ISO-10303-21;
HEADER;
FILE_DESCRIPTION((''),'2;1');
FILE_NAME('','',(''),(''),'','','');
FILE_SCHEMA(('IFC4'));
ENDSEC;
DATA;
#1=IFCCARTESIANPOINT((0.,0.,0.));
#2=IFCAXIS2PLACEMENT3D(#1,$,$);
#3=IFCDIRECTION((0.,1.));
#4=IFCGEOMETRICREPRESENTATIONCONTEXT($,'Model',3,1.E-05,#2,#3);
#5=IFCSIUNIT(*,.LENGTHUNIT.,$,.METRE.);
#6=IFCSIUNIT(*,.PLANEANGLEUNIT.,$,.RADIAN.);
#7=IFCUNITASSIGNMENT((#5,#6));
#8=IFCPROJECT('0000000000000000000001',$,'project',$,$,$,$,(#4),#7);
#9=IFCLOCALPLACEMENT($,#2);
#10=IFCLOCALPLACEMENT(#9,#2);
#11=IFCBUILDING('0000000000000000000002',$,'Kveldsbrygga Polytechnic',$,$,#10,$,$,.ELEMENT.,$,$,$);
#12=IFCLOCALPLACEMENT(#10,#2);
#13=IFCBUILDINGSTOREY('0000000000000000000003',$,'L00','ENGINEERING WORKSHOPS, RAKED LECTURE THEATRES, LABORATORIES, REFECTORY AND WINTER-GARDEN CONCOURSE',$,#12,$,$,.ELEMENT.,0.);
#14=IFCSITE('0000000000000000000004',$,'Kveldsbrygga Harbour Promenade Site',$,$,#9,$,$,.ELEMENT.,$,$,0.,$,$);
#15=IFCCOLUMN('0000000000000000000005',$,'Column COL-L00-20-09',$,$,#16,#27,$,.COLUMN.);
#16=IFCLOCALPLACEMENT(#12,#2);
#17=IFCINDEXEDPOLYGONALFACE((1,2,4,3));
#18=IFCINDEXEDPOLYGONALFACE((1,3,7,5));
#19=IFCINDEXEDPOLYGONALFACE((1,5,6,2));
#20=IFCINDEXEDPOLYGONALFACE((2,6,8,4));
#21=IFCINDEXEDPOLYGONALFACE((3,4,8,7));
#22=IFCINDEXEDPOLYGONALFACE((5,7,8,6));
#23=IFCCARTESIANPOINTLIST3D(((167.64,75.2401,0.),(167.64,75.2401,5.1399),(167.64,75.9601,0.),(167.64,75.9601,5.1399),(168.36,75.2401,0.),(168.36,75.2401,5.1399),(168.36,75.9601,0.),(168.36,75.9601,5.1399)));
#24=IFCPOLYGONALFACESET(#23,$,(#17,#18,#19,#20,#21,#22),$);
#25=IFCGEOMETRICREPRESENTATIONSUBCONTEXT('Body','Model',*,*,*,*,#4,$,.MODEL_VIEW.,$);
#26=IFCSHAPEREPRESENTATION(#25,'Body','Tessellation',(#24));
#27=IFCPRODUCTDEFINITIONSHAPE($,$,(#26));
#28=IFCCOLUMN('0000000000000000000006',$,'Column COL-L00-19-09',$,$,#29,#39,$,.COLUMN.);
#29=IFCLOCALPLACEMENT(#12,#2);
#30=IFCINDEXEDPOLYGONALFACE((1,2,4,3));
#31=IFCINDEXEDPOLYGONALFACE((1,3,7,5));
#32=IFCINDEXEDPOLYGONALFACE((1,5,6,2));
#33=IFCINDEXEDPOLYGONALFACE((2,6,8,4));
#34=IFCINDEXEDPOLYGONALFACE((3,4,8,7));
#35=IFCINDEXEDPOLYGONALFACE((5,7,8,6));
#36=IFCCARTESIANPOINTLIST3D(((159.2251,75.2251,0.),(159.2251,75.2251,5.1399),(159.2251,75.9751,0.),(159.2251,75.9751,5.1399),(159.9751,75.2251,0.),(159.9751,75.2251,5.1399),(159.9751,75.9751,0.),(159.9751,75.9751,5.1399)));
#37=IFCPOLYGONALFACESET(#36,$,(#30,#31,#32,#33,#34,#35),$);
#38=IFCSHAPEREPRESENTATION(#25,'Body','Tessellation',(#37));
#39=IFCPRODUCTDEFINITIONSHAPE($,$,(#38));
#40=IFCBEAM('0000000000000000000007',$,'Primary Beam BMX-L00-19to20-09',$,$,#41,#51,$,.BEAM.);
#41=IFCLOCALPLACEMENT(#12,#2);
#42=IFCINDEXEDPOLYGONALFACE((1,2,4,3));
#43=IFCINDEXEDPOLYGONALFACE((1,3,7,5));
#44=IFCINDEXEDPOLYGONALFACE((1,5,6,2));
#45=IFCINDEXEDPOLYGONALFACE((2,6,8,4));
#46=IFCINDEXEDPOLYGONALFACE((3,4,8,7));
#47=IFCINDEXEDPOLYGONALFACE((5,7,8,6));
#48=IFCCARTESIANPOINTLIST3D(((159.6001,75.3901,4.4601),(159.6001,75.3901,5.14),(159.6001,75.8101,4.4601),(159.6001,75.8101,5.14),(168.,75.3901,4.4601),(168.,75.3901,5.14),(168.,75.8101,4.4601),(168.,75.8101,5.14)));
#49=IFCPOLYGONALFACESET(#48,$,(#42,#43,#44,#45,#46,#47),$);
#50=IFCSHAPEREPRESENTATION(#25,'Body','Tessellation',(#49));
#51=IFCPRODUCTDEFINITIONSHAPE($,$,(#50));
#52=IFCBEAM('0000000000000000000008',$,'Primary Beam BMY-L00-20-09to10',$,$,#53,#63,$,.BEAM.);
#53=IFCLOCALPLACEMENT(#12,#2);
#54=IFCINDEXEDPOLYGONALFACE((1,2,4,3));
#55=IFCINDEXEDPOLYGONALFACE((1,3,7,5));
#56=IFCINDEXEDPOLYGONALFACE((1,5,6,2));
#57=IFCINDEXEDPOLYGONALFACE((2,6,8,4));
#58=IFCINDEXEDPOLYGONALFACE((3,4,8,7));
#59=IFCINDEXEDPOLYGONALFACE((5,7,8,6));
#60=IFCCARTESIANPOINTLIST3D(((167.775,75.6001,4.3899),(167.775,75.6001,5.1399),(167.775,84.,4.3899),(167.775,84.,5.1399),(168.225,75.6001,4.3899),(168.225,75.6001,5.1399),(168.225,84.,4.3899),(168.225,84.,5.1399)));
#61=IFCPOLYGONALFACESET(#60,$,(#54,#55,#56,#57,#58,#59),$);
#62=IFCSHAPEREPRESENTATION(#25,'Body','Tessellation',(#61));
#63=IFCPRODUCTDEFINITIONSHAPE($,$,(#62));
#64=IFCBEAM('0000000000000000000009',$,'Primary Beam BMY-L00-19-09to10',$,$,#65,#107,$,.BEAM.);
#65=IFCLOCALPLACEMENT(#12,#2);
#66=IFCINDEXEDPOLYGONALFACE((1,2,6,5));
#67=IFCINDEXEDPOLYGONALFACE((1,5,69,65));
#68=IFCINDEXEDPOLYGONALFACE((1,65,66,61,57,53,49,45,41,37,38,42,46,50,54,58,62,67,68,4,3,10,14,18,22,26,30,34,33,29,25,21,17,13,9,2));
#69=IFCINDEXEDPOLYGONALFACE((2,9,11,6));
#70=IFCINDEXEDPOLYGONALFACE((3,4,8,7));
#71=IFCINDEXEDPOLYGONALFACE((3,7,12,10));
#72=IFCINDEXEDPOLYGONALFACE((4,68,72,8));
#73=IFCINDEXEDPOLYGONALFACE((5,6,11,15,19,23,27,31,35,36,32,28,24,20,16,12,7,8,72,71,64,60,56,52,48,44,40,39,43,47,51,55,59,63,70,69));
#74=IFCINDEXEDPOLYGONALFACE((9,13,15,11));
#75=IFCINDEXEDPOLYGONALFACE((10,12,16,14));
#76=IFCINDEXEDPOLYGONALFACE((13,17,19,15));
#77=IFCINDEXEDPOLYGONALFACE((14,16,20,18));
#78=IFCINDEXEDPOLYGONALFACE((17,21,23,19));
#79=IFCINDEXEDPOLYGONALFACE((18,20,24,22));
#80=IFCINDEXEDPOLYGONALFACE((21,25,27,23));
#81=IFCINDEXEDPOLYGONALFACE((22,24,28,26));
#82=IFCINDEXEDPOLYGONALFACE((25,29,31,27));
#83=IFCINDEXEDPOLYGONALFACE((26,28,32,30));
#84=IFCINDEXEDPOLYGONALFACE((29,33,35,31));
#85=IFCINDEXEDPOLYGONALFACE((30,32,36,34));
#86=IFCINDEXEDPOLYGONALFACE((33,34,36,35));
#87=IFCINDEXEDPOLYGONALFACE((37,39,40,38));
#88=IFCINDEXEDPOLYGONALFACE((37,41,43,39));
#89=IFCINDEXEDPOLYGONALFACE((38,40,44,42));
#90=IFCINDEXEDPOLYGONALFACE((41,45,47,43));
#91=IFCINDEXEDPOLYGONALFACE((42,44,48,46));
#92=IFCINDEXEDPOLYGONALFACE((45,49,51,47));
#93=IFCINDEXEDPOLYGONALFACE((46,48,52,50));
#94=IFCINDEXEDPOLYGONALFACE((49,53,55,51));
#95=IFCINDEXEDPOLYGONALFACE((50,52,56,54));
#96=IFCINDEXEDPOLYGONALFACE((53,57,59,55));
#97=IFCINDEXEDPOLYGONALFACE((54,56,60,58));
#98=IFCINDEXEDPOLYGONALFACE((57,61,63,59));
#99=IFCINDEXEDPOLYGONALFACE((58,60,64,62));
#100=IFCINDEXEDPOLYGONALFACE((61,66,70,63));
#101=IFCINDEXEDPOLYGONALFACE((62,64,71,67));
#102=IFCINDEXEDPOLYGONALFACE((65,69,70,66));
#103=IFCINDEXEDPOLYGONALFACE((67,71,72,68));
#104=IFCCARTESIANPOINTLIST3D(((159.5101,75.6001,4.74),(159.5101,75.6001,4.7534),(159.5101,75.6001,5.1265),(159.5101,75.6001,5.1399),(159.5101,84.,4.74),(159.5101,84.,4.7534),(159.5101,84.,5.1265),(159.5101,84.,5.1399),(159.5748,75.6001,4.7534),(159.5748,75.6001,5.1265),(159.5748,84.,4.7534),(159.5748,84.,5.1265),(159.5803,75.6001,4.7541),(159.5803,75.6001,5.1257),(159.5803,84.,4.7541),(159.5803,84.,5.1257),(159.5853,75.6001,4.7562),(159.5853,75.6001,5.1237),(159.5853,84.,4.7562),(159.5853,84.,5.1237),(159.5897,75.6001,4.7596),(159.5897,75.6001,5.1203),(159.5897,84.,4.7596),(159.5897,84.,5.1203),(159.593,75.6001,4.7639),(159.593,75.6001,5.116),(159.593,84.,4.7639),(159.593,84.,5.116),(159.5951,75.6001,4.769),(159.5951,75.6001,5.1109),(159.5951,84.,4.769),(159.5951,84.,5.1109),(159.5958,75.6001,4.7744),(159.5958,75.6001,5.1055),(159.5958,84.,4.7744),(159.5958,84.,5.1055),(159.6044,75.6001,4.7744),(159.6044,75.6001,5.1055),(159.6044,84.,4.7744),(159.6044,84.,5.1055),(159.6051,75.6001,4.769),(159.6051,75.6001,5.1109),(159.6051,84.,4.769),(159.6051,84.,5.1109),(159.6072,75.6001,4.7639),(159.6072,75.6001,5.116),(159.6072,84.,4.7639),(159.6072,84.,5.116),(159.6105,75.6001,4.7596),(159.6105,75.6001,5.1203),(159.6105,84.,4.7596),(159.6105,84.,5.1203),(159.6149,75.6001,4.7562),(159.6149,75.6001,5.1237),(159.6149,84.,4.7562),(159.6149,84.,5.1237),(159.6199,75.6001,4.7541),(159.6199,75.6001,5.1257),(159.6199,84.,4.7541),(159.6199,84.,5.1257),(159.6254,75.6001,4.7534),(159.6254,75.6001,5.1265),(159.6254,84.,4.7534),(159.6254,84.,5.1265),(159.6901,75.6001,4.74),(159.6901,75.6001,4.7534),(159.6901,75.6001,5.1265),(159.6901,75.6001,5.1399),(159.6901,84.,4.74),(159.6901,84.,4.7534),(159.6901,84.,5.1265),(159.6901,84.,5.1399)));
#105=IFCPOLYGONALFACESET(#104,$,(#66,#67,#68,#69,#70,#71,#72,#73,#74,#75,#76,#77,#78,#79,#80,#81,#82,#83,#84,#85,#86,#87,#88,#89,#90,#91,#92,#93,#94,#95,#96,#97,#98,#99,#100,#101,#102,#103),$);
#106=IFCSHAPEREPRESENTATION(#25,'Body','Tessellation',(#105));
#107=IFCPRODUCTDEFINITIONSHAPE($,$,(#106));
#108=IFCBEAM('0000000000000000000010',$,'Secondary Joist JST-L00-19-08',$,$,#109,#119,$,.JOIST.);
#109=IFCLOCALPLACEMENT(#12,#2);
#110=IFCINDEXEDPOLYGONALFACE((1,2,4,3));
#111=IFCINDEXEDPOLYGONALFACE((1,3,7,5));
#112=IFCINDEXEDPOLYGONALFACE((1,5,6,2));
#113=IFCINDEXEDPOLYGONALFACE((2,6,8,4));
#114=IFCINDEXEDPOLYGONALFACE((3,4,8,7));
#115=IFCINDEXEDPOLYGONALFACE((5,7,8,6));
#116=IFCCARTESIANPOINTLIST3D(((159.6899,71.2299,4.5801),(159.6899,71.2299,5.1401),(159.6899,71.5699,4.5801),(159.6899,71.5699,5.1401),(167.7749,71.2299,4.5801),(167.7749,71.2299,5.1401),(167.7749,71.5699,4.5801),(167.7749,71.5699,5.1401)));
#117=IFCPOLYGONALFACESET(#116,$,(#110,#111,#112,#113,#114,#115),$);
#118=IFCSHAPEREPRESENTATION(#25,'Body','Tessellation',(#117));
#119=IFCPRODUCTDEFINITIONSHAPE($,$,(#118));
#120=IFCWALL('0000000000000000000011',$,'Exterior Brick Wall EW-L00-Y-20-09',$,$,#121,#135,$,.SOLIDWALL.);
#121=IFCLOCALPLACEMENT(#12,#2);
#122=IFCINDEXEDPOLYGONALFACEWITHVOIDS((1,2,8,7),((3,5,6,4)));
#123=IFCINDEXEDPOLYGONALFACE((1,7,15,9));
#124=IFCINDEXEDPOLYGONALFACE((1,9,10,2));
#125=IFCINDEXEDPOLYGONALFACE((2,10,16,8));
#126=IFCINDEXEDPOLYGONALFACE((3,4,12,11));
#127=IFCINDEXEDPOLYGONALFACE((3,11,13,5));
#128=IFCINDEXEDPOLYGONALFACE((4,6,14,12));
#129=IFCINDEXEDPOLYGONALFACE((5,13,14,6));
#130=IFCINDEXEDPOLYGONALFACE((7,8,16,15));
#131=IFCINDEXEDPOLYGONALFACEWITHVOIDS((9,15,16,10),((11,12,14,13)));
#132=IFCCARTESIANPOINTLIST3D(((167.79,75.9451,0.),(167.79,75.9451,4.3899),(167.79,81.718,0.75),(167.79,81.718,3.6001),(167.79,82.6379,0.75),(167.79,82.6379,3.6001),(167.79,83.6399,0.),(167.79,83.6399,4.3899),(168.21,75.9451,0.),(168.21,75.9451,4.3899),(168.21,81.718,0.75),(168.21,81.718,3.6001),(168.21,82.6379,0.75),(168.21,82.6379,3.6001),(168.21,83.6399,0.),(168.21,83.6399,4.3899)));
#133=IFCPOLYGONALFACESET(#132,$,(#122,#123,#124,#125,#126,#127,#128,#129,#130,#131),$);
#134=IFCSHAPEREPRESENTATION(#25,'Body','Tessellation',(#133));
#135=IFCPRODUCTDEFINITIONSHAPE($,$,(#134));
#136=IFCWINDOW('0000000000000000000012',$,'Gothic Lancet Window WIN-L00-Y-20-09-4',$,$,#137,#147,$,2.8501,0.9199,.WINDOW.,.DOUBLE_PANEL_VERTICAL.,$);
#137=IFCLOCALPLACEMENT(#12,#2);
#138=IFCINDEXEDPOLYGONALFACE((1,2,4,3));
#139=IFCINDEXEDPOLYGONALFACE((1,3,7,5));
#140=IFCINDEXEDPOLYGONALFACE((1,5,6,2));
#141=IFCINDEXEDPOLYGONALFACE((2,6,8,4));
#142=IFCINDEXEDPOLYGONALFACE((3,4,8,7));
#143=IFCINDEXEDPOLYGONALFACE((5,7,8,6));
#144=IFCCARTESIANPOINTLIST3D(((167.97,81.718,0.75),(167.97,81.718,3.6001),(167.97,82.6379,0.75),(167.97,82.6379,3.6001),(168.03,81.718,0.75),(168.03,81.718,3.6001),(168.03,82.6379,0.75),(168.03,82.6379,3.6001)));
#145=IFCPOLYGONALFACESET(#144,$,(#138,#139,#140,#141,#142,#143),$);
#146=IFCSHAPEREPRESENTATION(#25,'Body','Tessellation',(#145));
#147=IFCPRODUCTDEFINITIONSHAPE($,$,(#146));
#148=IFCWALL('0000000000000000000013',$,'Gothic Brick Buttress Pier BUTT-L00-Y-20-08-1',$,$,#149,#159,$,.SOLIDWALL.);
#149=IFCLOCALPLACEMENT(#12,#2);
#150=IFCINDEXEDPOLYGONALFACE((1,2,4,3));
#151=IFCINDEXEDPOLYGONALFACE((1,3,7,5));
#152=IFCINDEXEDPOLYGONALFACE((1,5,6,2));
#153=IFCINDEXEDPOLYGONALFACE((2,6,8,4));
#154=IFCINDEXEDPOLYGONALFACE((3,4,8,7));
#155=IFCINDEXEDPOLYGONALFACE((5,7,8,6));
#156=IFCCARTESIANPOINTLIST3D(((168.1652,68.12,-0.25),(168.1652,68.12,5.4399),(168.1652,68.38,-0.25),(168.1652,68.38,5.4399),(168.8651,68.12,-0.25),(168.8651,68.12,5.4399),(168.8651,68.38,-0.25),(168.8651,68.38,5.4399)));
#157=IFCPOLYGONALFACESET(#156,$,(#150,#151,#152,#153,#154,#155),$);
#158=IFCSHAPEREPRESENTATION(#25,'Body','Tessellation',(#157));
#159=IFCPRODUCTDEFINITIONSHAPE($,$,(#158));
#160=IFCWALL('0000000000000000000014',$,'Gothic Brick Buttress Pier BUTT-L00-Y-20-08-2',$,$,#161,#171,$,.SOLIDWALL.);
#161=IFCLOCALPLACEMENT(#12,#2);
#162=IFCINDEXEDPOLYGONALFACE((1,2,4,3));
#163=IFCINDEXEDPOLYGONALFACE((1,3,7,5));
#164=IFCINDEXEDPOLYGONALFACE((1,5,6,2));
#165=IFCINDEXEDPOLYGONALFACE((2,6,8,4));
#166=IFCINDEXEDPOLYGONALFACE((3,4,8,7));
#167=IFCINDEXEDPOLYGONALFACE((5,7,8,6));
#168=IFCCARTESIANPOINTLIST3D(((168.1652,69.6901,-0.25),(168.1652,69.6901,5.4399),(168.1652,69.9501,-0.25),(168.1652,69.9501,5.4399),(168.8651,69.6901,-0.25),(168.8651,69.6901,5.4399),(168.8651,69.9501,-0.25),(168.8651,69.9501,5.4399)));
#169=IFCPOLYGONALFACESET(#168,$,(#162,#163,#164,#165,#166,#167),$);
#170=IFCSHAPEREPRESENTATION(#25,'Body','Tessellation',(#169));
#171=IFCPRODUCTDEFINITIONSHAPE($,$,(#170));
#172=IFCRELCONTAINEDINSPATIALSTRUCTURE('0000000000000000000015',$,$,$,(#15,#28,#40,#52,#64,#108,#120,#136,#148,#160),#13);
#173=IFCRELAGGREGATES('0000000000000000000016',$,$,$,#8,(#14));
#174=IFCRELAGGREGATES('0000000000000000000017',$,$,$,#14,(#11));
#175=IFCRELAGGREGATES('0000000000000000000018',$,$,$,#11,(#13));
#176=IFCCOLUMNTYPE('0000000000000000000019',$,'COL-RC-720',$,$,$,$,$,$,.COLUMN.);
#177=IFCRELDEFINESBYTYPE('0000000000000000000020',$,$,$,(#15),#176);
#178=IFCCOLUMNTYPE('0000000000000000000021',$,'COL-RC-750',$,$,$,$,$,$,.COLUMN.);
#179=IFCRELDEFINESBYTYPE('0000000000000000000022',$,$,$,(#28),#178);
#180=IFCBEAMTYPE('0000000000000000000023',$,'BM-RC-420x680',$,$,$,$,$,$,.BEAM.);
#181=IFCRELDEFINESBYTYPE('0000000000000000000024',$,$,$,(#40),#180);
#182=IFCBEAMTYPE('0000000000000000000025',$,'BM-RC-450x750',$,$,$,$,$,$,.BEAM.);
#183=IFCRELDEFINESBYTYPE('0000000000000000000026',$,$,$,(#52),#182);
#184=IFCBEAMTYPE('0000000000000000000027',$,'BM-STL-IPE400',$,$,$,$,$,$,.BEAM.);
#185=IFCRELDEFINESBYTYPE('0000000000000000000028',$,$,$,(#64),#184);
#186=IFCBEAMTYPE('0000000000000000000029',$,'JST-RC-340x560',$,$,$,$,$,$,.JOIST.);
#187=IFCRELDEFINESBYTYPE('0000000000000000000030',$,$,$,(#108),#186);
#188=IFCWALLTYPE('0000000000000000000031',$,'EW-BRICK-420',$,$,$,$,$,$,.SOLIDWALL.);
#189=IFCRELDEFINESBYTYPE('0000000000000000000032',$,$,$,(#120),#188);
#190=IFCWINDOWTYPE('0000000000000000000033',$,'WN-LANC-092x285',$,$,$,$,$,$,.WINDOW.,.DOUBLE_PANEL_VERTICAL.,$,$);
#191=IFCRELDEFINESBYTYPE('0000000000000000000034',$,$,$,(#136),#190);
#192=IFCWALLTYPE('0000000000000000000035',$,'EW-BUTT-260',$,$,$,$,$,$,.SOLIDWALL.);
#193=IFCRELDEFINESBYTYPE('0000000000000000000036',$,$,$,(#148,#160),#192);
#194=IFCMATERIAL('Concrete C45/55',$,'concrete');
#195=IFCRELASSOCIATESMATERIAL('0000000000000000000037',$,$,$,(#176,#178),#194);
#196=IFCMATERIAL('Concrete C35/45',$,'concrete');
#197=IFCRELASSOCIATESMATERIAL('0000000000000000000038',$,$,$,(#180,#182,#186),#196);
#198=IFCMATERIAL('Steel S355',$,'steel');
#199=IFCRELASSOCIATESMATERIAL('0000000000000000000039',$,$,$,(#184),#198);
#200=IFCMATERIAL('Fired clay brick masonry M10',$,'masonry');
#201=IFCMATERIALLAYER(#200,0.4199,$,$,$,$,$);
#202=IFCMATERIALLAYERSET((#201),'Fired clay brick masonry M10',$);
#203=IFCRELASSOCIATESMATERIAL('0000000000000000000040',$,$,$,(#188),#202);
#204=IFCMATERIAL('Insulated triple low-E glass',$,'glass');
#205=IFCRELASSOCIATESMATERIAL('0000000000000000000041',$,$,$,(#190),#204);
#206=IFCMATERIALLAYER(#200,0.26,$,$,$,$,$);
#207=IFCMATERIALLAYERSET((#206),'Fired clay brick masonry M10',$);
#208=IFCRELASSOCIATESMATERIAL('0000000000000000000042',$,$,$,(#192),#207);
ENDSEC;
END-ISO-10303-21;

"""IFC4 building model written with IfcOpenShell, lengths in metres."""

from ifc_helpers import new_model, si_unit, direction, frame, frame_2d, origin, origin_2d, place, context, subcontext, project, spatial, rectangle, i_section, extrude, material, layer, layer_set, material_profile, profile_set, type_object, element, fill, save


model = new_model("IFC4")

# Units and contexts
model_context = context("Model", 3, precision=1e-05, world=origin(), true_north=direction((0.0, 1.0)))
body_context = subcontext(model_context, "Body", "Model", "MODEL_VIEW")
ifc_project = project(units=[si_unit("LENGTHUNIT", "METRE"), si_unit("PLANEANGLEUNIT", "RADIAN")], contexts=[model_context])

# Site, building, storey
site_placement = place(None, origin())
site = spatial("IfcSite", under=ifc_project, at=site_placement, Name="Kveldsbrygga Harbour Promenade Site", CompositionType="ELEMENT", RefElevation=0.0)
building_placement = place(site_placement, origin())
building = spatial("IfcBuilding", under=site, at=building_placement, Name="Kveldsbrygga Polytechnic", CompositionType="ELEMENT")
storey_placement = place(building_placement, origin())
storey = spatial("IfcBuildingStorey", under=building, at=storey_placement, Name="L00", Description="ENGINEERING WORKSHOPS, RAKED LECTURE THEATRES, LABORATORIES, REFECTORY AND WINTER-GARDEN CONCOURSE", CompositionType="ELEMENT", Elevation=0.0)

# Columns
ifc_material_1 = material(Name="Concrete C45/55", Category="concrete")
ifc_material_profile_1 = material_profile(ifc_material_1, rectangle(XDim=0.72, YDim=0.72, at=origin_2d()), Name="RC 720x720")
ifc_profile_set_1 = profile_set([ifc_material_profile_1], Name="Concrete C45/55")
column_type_1 = type_object("IfcColumnType", Name="COL-RC-720", PredefinedType="COLUMN", material=ifc_profile_set_1)
column_1_placement = place(storey_placement, frame((168.0, 75.6001, 0.0), z_axis=(0.0, 0.0, 1.0), x_axis=(1.0, 0.0, 0.0)))
element("IfcColumn", 1, at=column_1_placement, inside=storey, type_object=column_type_1, Name="Column COL-L00-20-09", PredefinedType="COLUMN", context=body_context, shape_type="SweptSolid", body=[
    extrude(rectangle(XDim=0.72, YDim=0.72, at=origin_2d()), origin(), (0.0, 0.0, 1.0), 5.1399),
])
ifc_material_profile_2 = material_profile(ifc_material_1, rectangle(XDim=0.75, YDim=0.75, at=origin_2d()), Name="RC 750x750")
ifc_profile_set_2 = profile_set([ifc_material_profile_2], Name="Concrete C45/55")
column_type_2 = type_object("IfcColumnType", Name="COL-RC-750", PredefinedType="COLUMN", material=ifc_profile_set_2)
column_2_placement = place(storey_placement, frame((159.6001, 75.6001, 0.0), z_axis=(0.0, 0.0, 1.0), x_axis=(1.0, 0.0, 0.0)))
element("IfcColumn", 2, at=column_2_placement, inside=storey, type_object=column_type_2, Name="Column COL-L00-19-09", PredefinedType="COLUMN", context=body_context, shape_type="SweptSolid", body=[
    extrude(rectangle(XDim=0.75, YDim=0.75, at=origin_2d()), origin(), (0.0, 0.0, 1.0), 5.1399),
])

# Beams
ifc_material_2 = material(Name="Concrete C35/45", Category="concrete")
ifc_material_profile_3 = material_profile(ifc_material_2, rectangle(XDim=0.4199, YDim=0.6799, at=origin_2d()), Name="RC 420x680")
ifc_profile_set_3 = profile_set([ifc_material_profile_3], Name="Concrete C35/45")
beam_type_1 = type_object("IfcBeamType", Name="BM-RC-420x680", PredefinedType="BEAM", material=ifc_profile_set_3)
beam_1_placement = place(storey_placement, frame((159.6001, 75.6001, 4.8), z_axis=(1.0, 0.0, 0.0), x_axis=(0.0, 1.0, 0.0)))
element("IfcBeam", 3, at=beam_1_placement, inside=storey, type_object=beam_type_1, Name="Primary Beam BMX-L00-19to20-09", PredefinedType="BEAM", context=body_context, shape_type="SweptSolid", body=[
    extrude(rectangle(XDim=0.4199, YDim=0.6799, at=origin_2d()), origin(), (0.0, 0.0, 1.0), 8.3999),
])
ifc_material_profile_4 = material_profile(ifc_material_2, rectangle(XDim=0.45, YDim=0.75, at=origin_2d()), Name="RC 450x750")
ifc_profile_set_4 = profile_set([ifc_material_profile_4], Name="Concrete C35/45")
beam_type_2 = type_object("IfcBeamType", Name="BM-RC-450x750", PredefinedType="BEAM", material=ifc_profile_set_4)
beam_2_placement = place(storey_placement, frame((168.0, 75.6001, 4.7649), z_axis=(0.0, 1.0, 0.0), x_axis=(-1.0, 0.0, 0.0)))
element("IfcBeam", 4, at=beam_2_placement, inside=storey, type_object=beam_type_2, Name="Primary Beam BMY-L00-20-09to10", PredefinedType="BEAM", context=body_context, shape_type="SweptSolid", body=[
    extrude(rectangle(XDim=0.45, YDim=0.75, at=origin_2d()), origin(), (0.0, 0.0, 1.0), 8.3999),
])
ifc_material_3 = material(Name="Steel S355", Category="steel")
ifc_material_profile_5 = material_profile(ifc_material_3, i_section(OverallWidth=0.1799, OverallDepth=0.3999, WebThickness=0.0085, FlangeThickness=0.0134, FilletRadius=0.021, at=origin_2d()), Name="IPE 400")
ifc_profile_set_5 = profile_set([ifc_material_profile_5], Name="Steel S355")
beam_type_3 = type_object("IfcBeamType", Name="BM-STL-IPE400", PredefinedType="BEAM", material=ifc_profile_set_5)
beam_3_placement = place(storey_placement, frame((159.6001, 75.6001, 4.9399), z_axis=(0.0, 1.0, 0.0), x_axis=(-1.0, 0.0, 0.0)))
element("IfcBeam", 5, at=beam_3_placement, inside=storey, type_object=beam_type_3, Name="Primary Beam BMY-L00-19-09to10", PredefinedType="BEAM", context=body_context, shape_type="SweptSolid", body=[
    extrude(i_section(OverallWidth=0.1799, OverallDepth=0.3999, WebThickness=0.0085, FlangeThickness=0.0134, FilletRadius=0.021, at=origin_2d()), origin(), (0.0, 0.0, 1.0), 8.3999),
])
ifc_material_profile_6 = material_profile(ifc_material_2, rectangle(XDim=0.3401, YDim=0.5601, at=origin_2d()), Name="RC 340x560")
ifc_profile_set_6 = profile_set([ifc_material_profile_6], Name="Concrete C35/45")
beam_type_4 = type_object("IfcBeamType", Name="JST-RC-340x560", PredefinedType="JOIST", material=ifc_profile_set_6)
beam_4_placement = place(storey_placement, frame((159.6899, 71.3999, 4.8601), z_axis=(1.0, 0.0, 0.0), x_axis=(0.0, 1.0, 0.0)))
element("IfcBeam", 6, at=beam_4_placement, inside=storey, type_object=beam_type_4, Name="Secondary Joist JST-L00-19-08", PredefinedType="JOIST", context=body_context, shape_type="SweptSolid", body=[
    extrude(rectangle(XDim=0.3401, YDim=0.5601, at=origin_2d()), origin(), (0.0, 0.0, 1.0), 8.085),
])

# Shared definitions
ifc_material_4 = material(Name="Fired clay brick masonry M10", Category="masonry")
ifc_layer_1 = layer(ifc_material_4, 0.4199)
ifc_layer_set_1 = layer_set([ifc_layer_1], Name="Fired clay brick masonry M10")
wall_type_1 = type_object("IfcWallType", Name="EW-BRICK-420", PredefinedType="SOLIDWALL", material=ifc_layer_set_1)

# Wall, opening, window
wall_1_placement = place(storey_placement, frame((168.0, 75.9451, 0.0), z_axis=(0.0, 0.0, 1.0), x_axis=(0.0, 1.0, 0.0)))
wall_1 = element("IfcWall", 7, at=wall_1_placement, inside=storey, type_object=wall_type_1, Name="Exterior Brick Wall EW-L00-Y-20-09", PredefinedType="SOLIDWALL", context=body_context, shape_type="SweptSolid", body=[
    extrude(rectangle(XDim=7.6948, YDim=0.4199, at=frame_2d((3.8474, 0.0))), origin(), (0.0, 0.0, 1.0), 4.3899),
])
opening_1_placement = place(wall_1_placement, frame((5.7729, 0.0, 0.75)))
opening_1 = element("IfcOpeningElement", 8, at=opening_1_placement, cuts=wall_1, PredefinedType="OPENING", context=body_context, shape_type="SweptSolid", body=[
    extrude(rectangle(XDim=0.9199, YDim=2.8501, at=frame_2d((0.46, 1.425))), frame((0.0, 0.22, 0.0), z_axis=(0.0, -1.0, 0.0), x_axis=(1.0, 0.0, 0.0)), (0.0, 0.0, 1.0), 0.4399),
])
ifc_material_5 = material(Name="Insulated triple low-E glass", Category="glass")
window_type = type_object("IfcWindowType", Name="WN-LANC-092x285", PartitioningType="DOUBLE_PANEL_VERTICAL", PredefinedType="WINDOW", material=ifc_material_5)
window_placement = place(opening_1_placement, origin())
window = element("IfcWindow", 9, at=window_placement, inside=storey, type_object=window_type, Name="Gothic Lancet Window WIN-L00-Y-20-09-4", OverallHeight=2.8501, OverallWidth=0.9199, PartitioningType="DOUBLE_PANEL_VERTICAL", PredefinedType="WINDOW", context=body_context, shape_type="SweptSolid", body=[
    extrude(rectangle(XDim=0.9199, YDim=2.8501, at=frame_2d((0.46, 1.425))), frame((0.0, 0.03, 0.0), z_axis=(0.0, -1.0, 0.0), x_axis=(1.0, 0.0, 0.0)), (0.0, 0.0, 1.0), 0.0601),
])
fill(opening_1, window)

# Walls
ifc_layer_2 = layer(ifc_material_4, 0.26)
ifc_layer_set_2 = layer_set([ifc_layer_2], Name="Fired clay brick masonry M10")
wall_type_2 = type_object("IfcWallType", Name="EW-BUTT-260", PredefinedType="SOLIDWALL", material=ifc_layer_set_2)
for number, where, z_axis, x_axis, name in (
    (10, (168.165, 68.25, -0.25), (0.0, 0.0, 1.0), (1.0, 0.0, 0.0), "Gothic Brick Buttress Pier BUTT-L00-Y-20-08-1"),
    (11, (168.165, 69.8201, -0.25), (0.0, 0.0, 1.0), (1.0, 0.0, 0.0), "Gothic Brick Buttress Pier BUTT-L00-Y-20-08-2"),
):
    element("IfcWall", number, at=place(storey_placement, frame(where, z_axis=z_axis, x_axis=x_axis)), inside=storey, type_object=wall_type_2, Name=name, PredefinedType="SOLIDWALL", context=body_context, shape_type="SweptSolid", body=[
        extrude(rectangle(XDim=0.7, YDim=0.26, at=frame_2d((0.3501, 0.0))), origin(), (0.0, 0.0, 1.0), 5.6899),
    ])

save(model, "model.ifc")
